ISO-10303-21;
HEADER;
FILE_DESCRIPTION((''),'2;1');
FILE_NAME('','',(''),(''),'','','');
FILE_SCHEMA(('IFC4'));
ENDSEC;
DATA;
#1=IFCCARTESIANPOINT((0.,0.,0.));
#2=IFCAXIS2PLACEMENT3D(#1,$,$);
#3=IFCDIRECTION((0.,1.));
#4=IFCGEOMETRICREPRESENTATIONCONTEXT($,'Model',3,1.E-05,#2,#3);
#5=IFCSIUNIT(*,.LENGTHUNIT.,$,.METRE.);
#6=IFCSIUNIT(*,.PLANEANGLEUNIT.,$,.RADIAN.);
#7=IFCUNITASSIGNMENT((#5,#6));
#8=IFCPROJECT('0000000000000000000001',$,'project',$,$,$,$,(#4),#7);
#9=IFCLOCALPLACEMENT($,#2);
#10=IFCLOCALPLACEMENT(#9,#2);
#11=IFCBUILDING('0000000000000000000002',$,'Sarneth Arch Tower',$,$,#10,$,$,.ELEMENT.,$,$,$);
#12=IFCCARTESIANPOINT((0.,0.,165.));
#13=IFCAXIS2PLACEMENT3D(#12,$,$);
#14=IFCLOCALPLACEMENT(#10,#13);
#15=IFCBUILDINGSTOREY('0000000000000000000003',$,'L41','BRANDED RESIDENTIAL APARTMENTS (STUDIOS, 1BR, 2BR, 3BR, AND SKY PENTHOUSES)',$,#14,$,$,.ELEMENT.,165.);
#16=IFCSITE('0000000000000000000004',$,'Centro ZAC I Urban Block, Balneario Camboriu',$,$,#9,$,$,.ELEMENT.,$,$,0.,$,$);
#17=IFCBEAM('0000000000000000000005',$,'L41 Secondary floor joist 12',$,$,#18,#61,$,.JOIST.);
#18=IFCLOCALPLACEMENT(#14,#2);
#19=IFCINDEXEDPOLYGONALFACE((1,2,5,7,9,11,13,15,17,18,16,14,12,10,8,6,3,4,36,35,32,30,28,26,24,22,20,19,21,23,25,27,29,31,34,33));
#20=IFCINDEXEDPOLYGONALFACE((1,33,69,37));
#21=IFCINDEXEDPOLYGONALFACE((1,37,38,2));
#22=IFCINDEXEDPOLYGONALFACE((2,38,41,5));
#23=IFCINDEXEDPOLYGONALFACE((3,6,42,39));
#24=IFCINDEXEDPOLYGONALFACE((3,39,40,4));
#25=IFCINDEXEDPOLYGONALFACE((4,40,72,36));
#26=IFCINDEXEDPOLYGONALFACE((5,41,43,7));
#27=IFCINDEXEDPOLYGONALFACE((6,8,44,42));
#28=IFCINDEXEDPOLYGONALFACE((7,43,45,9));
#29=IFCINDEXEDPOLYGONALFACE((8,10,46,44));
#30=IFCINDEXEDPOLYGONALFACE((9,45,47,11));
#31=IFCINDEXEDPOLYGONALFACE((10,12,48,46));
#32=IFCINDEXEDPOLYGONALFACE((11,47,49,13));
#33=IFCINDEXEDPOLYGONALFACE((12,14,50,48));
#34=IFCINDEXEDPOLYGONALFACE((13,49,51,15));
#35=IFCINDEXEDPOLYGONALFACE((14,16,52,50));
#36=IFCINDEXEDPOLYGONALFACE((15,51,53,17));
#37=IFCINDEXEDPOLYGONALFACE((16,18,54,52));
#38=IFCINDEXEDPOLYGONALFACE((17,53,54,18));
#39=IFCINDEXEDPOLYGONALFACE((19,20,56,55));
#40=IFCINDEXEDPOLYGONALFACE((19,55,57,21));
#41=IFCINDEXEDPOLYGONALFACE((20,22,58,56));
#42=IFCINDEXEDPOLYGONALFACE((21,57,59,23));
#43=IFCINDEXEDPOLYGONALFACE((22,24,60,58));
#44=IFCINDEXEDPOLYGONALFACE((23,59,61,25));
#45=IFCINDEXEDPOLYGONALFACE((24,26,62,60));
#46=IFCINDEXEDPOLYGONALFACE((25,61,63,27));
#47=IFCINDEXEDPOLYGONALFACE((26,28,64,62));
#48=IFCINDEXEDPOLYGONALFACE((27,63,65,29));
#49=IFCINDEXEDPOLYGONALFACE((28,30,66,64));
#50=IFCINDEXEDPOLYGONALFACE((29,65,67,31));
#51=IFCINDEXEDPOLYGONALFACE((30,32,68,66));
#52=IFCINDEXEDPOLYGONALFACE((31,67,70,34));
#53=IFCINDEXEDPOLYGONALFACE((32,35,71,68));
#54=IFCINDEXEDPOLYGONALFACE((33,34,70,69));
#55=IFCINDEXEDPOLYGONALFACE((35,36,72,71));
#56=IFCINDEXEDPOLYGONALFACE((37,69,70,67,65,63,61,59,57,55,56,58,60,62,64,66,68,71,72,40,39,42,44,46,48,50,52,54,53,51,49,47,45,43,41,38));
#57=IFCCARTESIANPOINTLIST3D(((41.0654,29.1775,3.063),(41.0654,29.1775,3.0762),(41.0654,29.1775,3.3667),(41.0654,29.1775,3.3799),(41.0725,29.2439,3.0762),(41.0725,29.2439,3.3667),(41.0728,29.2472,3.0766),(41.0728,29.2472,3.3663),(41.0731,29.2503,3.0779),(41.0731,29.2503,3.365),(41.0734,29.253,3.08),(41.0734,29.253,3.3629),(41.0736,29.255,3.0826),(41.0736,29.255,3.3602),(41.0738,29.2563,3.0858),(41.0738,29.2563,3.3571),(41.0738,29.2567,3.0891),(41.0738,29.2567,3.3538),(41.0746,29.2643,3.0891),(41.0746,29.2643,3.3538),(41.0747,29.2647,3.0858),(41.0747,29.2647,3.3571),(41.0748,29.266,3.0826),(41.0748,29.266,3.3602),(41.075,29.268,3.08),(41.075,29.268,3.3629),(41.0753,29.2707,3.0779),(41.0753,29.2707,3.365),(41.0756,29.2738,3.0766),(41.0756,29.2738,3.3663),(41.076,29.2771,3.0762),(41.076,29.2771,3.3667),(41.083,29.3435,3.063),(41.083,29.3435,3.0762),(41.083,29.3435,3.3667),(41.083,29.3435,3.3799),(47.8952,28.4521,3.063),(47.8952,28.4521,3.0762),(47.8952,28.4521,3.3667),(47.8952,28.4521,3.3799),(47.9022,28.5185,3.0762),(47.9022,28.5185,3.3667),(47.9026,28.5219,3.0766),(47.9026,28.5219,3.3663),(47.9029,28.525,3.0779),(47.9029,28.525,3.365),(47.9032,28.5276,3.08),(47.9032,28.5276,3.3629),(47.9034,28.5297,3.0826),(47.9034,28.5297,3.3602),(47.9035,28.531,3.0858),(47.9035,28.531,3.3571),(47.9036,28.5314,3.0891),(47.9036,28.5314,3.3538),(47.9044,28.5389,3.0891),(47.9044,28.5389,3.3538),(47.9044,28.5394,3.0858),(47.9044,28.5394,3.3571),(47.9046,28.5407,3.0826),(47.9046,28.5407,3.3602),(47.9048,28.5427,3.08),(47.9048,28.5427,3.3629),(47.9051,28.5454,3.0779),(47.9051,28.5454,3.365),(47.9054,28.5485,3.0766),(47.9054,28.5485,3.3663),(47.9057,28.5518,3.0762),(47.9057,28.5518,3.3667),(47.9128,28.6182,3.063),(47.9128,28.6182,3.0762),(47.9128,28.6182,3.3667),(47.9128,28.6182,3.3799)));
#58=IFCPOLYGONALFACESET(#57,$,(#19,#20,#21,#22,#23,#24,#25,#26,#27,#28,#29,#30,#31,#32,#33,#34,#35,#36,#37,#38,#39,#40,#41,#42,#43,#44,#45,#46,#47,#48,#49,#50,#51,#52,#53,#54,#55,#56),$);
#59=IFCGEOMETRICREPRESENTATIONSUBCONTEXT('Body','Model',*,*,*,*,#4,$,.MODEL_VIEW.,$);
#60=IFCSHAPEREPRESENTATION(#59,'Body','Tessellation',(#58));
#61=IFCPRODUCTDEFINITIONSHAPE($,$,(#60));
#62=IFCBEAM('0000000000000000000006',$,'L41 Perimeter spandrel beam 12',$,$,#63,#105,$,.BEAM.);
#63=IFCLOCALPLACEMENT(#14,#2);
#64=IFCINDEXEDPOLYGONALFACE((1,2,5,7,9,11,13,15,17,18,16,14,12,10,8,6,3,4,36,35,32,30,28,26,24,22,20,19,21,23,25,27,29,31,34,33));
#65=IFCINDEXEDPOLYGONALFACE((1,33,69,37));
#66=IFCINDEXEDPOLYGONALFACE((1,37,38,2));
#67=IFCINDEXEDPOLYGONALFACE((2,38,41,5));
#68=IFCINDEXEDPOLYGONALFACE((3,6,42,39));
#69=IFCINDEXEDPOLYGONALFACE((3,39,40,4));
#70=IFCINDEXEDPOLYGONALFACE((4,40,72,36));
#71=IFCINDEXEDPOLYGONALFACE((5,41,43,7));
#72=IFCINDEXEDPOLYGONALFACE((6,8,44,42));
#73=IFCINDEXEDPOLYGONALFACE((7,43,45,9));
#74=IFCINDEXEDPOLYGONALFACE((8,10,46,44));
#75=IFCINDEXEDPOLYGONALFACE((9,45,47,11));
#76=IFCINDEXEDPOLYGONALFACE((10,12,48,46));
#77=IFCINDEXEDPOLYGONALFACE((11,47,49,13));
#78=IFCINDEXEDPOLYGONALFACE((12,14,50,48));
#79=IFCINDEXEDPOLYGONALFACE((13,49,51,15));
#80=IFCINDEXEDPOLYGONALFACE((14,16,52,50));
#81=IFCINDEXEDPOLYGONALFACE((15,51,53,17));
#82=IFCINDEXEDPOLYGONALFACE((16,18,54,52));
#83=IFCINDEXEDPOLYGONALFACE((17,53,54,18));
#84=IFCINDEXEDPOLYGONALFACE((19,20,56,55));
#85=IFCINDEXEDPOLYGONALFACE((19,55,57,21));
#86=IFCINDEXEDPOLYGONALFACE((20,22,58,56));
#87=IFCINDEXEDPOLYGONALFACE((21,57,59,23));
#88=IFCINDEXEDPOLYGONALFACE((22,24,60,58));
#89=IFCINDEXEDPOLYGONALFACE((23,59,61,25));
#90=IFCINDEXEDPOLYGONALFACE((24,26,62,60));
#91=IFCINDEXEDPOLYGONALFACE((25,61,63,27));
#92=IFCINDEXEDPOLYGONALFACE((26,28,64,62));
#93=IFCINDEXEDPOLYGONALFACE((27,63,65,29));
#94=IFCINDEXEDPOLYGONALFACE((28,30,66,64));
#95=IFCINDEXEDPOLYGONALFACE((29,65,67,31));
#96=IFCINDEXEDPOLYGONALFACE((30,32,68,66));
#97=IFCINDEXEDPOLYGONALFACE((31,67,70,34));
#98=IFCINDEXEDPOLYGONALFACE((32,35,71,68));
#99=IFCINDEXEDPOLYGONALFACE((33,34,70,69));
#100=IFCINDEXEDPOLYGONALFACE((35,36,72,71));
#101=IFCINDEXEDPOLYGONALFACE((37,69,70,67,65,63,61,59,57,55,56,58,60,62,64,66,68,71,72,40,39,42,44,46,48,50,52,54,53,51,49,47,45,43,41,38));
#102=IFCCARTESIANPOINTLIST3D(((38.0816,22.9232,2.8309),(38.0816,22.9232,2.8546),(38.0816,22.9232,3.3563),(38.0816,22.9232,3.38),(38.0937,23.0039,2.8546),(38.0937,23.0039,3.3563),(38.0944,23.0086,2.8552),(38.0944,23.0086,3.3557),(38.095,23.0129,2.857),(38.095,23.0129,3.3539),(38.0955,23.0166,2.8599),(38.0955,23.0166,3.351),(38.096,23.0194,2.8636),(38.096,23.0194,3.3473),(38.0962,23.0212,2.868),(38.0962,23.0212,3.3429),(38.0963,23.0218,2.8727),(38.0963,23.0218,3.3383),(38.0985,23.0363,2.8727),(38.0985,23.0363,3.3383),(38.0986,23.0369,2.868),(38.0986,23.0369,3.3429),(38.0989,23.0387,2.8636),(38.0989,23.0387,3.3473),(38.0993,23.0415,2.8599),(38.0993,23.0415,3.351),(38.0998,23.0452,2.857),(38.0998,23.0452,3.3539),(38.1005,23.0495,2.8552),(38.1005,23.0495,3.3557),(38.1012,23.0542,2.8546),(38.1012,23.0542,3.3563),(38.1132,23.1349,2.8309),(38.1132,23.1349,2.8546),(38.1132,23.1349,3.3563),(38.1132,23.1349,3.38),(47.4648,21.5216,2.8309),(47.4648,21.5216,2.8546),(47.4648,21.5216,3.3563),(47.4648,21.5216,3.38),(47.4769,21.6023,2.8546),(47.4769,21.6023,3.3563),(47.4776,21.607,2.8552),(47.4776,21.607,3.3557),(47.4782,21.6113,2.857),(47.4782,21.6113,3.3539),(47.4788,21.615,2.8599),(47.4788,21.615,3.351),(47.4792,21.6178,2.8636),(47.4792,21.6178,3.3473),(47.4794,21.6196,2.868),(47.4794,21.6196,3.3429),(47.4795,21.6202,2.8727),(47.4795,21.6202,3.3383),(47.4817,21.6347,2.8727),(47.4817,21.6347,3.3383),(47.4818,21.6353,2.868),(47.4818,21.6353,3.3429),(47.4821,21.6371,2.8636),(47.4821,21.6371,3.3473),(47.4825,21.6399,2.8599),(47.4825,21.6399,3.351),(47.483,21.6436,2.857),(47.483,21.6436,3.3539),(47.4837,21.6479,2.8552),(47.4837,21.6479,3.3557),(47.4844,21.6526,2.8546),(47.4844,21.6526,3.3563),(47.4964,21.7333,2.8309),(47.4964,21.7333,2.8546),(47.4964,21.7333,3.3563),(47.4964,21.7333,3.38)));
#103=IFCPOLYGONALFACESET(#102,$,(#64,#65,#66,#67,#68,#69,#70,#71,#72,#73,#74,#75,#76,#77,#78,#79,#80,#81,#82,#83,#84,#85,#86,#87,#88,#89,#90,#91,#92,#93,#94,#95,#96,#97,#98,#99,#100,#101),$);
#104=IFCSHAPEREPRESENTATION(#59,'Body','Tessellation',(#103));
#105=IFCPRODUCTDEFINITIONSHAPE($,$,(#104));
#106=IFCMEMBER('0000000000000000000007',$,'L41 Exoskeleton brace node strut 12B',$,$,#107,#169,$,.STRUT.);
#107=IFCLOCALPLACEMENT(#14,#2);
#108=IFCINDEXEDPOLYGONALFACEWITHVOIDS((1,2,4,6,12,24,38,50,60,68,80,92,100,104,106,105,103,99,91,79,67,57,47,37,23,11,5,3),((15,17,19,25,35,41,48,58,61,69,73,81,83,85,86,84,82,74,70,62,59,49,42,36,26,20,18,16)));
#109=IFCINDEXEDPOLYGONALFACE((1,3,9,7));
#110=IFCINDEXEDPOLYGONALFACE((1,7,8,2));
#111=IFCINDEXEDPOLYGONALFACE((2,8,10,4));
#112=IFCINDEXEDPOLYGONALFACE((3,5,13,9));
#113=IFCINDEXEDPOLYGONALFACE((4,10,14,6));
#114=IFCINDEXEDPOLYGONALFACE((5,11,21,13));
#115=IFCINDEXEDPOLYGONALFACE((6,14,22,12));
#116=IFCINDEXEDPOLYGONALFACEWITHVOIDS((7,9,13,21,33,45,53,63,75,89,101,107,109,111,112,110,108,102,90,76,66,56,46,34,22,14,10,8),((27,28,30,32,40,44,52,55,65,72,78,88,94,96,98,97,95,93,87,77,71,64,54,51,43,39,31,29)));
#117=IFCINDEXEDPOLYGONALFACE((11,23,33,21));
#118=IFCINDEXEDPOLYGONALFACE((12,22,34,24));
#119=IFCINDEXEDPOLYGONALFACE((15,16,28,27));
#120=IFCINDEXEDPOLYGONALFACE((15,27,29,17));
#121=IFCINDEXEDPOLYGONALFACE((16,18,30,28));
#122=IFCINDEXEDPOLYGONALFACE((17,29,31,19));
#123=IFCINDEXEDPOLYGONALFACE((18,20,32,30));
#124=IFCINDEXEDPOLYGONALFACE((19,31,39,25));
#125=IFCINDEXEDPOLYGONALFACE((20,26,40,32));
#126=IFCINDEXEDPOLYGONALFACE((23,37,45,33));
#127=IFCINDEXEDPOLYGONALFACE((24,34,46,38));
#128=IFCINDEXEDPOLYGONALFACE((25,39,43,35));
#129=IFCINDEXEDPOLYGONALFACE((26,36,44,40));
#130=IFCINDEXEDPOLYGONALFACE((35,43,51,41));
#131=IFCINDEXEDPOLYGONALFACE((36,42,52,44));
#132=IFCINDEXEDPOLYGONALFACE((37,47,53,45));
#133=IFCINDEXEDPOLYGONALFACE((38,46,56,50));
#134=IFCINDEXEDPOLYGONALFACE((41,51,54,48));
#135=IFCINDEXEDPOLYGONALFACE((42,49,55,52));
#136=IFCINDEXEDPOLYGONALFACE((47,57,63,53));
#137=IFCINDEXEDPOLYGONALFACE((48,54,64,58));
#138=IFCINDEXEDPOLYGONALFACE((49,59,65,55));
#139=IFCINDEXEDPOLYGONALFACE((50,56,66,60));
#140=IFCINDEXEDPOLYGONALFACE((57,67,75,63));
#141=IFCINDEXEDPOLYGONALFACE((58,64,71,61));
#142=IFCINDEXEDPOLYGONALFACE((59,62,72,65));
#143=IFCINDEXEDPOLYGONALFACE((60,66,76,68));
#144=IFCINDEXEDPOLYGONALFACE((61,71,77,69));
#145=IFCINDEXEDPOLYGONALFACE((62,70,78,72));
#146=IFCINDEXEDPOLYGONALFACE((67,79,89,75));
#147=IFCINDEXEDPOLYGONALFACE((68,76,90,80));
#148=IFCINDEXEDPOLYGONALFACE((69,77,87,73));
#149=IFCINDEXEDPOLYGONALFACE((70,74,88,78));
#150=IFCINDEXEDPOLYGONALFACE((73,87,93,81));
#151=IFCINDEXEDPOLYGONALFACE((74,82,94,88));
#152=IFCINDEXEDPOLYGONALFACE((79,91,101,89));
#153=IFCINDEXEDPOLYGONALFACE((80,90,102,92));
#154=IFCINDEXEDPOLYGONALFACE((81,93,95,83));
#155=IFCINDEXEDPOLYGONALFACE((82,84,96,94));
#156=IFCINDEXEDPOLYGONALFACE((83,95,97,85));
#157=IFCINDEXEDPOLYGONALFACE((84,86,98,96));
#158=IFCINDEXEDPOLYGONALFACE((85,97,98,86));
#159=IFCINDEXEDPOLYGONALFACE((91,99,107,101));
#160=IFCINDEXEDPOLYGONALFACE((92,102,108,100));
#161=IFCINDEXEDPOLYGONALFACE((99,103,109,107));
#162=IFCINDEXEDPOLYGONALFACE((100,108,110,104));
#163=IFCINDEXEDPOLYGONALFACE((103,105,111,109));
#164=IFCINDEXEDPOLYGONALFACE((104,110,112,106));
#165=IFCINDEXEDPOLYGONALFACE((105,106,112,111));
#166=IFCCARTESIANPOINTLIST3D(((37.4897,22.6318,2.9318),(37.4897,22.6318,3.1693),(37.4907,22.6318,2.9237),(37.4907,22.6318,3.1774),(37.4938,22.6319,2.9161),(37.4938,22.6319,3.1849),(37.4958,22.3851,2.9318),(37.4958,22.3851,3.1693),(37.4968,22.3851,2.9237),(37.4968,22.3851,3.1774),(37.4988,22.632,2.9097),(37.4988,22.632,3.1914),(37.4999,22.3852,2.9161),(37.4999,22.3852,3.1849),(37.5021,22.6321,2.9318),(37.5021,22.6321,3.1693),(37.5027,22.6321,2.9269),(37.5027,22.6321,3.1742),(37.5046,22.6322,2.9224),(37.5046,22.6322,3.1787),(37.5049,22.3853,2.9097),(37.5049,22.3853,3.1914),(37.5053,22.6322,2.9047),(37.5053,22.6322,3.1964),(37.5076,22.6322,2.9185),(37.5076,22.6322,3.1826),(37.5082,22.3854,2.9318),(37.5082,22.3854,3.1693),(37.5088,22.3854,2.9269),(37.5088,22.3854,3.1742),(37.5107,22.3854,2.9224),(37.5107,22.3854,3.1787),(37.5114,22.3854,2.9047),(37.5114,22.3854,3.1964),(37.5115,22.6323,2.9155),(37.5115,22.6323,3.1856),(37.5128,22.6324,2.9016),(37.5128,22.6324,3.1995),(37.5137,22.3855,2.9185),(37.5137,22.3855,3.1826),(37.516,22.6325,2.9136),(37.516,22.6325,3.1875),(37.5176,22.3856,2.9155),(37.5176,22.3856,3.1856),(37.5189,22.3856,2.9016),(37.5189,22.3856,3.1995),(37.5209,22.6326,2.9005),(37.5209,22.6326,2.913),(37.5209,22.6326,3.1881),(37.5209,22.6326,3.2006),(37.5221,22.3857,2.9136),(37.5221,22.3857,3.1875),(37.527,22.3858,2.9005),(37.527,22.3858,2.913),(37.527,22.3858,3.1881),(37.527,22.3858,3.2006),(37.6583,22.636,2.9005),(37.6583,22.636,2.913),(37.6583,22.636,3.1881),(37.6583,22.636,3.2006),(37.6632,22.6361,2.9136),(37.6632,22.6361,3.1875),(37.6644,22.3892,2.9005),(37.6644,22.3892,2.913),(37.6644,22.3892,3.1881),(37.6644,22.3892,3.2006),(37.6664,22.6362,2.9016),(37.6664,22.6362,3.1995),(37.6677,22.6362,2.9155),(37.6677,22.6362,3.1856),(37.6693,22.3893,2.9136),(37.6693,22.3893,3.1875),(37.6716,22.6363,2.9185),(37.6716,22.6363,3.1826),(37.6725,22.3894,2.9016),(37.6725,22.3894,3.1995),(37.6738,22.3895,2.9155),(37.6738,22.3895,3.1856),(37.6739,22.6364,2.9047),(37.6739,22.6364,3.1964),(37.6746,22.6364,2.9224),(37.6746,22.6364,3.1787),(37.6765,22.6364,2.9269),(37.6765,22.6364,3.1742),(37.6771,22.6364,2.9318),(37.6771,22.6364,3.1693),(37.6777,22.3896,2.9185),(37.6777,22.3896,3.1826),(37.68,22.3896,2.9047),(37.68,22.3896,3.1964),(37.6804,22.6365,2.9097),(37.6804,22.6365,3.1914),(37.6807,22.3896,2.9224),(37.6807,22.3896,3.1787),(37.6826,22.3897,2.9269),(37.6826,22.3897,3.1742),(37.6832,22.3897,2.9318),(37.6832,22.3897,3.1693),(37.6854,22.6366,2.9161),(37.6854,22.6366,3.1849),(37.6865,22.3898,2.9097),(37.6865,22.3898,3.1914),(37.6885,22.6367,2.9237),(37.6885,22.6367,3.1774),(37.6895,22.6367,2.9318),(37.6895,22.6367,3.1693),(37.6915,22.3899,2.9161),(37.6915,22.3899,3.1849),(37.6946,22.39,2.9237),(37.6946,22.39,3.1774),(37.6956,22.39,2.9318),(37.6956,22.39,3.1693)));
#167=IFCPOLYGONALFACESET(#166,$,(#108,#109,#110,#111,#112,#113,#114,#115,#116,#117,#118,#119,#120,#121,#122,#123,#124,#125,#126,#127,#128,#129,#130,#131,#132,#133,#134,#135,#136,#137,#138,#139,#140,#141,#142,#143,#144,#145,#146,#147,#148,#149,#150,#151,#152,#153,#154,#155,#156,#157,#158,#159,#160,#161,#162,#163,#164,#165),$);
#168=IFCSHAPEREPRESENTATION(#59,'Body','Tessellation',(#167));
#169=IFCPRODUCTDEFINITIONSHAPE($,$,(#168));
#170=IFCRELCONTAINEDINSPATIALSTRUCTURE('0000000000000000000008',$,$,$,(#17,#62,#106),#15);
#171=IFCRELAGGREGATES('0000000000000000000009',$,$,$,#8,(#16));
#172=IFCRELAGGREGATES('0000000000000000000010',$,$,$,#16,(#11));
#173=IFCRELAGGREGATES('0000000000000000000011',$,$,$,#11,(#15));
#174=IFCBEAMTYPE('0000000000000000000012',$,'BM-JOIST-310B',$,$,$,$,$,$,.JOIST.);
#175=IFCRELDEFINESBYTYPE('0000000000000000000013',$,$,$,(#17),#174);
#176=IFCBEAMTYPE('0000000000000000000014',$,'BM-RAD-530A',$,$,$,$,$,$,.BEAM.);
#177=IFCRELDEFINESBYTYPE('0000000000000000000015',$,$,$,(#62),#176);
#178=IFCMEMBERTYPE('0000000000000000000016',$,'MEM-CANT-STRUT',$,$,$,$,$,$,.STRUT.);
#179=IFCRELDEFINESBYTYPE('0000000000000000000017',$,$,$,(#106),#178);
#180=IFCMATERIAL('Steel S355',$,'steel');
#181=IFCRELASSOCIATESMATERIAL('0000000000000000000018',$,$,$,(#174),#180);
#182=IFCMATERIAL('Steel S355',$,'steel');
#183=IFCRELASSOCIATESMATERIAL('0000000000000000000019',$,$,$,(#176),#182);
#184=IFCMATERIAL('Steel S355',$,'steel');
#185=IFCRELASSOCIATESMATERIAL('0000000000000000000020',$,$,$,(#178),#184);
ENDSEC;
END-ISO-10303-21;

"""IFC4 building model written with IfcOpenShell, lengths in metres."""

from ifc_helpers import new_model, si_unit, direction, frame, origin, origin_2d, place, context, subcontext, project, spatial, hollow_rectangle, i_section, extrude, material, material_profile, profile_set, type_object, element, save


model = new_model("IFC4")

# Units and contexts
model_context = context("Model", 3, precision=1e-05, world=origin(), true_north=direction((0.0, 1.0)))
body_context = subcontext(model_context, "Body", "Model", "MODEL_VIEW")
ifc_project = project(units=[si_unit("LENGTHUNIT", "METRE"), si_unit("PLANEANGLEUNIT", "RADIAN")], contexts=[model_context])

# Site, building, storey
site_placement = place(None, origin())
site = spatial("IfcSite", under=ifc_project, at=site_placement, Name="Centro ZAC I Urban Block, Balneario Camboriu", CompositionType="ELEMENT", RefElevation=0.0)
building_placement = place(site_placement, origin())
building = spatial("IfcBuilding", under=site, at=building_placement, Name="Sarneth Arch Tower", CompositionType="ELEMENT")
storey_placement = place(building_placement, frame((0.0, 0.0, 165.0)))
storey = spatial("IfcBuildingStorey", under=building, at=storey_placement, Name="L41", Description="BRANDED RESIDENTIAL APARTMENTS (STUDIOS, 1BR, 2BR, 3BR, AND SKY PENTHOUSES)", CompositionType="ELEMENT", Elevation=165.0)

# Beams
ifc_material_1 = material(Name="Steel S355", Category="steel")
ifc_material_profile_1 = material_profile(ifc_material_1, i_section(OverallWidth=0.167, OverallDepth=0.3169, WebThickness=0.0076, FlangeThickness=0.0132, FilletRadius=0.0129, at=origin_2d()), Name="W310x52")
ifc_profile_set_1 = profile_set([ifc_material_profile_1], Name="Steel S355")
beam_type_1 = type_object("IfcBeamType", Name="BM-JOIST-310B", PredefinedType="JOIST", material=ifc_profile_set_1)
beam_1_placement = place(storey_placement, frame((41.0742, 29.2605, 3.2214), z_axis=(0.994408, -0.105608, 0.0), x_axis=(0.105608, 0.994408, 0.0)))
element("IfcBeam", 1, at=beam_1_placement, inside=storey, type_object=beam_type_1, Name="L41 Secondary floor joist 12", PredefinedType="JOIST", context=body_context, shape_type="SweptSolid", body=[
    extrude(i_section(OverallWidth=0.167, OverallDepth=0.3169, WebThickness=0.0076, FlangeThickness=0.0132, FilletRadius=0.0129, at=origin_2d()), origin(), (0.0, 0.0, 1.0), 6.8682),
])
ifc_material_2 = material(Name="Steel S355", Category="steel")
ifc_material_profile_2 = material_profile(ifc_material_2, i_section(OverallWidth=0.2141, OverallDepth=0.5491, WebThickness=0.0146, FlangeThickness=0.0237, FilletRadius=0.0181, at=origin_2d()), Name="W530x138")
ifc_profile_set_2 = profile_set([ifc_material_profile_2], Name="Steel S355")
beam_type_2 = type_object("IfcBeamType", Name="BM-RAD-530A", PredefinedType="BEAM", material=ifc_profile_set_2)
beam_2_placement = place(storey_placement, frame((38.0974, 23.0291, 3.1055), z_axis=(0.989027, -0.147734, 0.0), x_axis=(0.147734, 0.989027, 0.0)))
element("IfcBeam", 2, at=beam_2_placement, inside=storey, type_object=beam_type_2, Name="L41 Perimeter spandrel beam 12", PredefinedType="BEAM", context=body_context, shape_type="SweptSolid", body=[
    extrude(i_section(OverallWidth=0.2141, OverallDepth=0.5491, WebThickness=0.0146, FlangeThickness=0.0237, FilletRadius=0.0181, at=origin_2d()), origin(), (0.0, 0.0, 1.0), 9.4873),
])

# Member
ifc_material_3 = material(Name="Steel S355", Category="steel")
ifc_material_profile_3 = material_profile(ifc_material_3, hollow_rectangle(XDim=0.2, YDim=0.3, WallThickness=0.0125, InnerFilletRadius=0.0188, OuterFilletRadius=0.0312, at=origin_2d()), Name="RHS300x200x12.5")
ifc_profile_set_3 = profile_set([ifc_material_profile_3], Name="Steel S355")
member_type_1 = type_object("IfcMemberType", Name="MEM-CANT-STRUT", PredefinedType="STRUT", material=ifc_profile_set_3)
member_1_placement = place(storey_placement, frame((37.5896, 22.6343, 3.0505), z_axis=(0.02472, -0.999694, 0.0), x_axis=(0.999694, 0.02472, 0.0)))
element("IfcMember", 3, at=member_1_placement, inside=storey, type_object=member_type_1, Name="L41 Exoskeleton brace node strut 12B", PredefinedType="STRUT", context=body_context, shape_type="SweptSolid", body=[
    extrude(hollow_rectangle(XDim=0.2, YDim=0.3, WallThickness=0.0125, InnerFilletRadius=0.0188, OuterFilletRadius=0.0312, at=origin_2d()), origin(), (0.0, 0.0, 1.0), 0.2468),
])

save(model, "model.ifc")
